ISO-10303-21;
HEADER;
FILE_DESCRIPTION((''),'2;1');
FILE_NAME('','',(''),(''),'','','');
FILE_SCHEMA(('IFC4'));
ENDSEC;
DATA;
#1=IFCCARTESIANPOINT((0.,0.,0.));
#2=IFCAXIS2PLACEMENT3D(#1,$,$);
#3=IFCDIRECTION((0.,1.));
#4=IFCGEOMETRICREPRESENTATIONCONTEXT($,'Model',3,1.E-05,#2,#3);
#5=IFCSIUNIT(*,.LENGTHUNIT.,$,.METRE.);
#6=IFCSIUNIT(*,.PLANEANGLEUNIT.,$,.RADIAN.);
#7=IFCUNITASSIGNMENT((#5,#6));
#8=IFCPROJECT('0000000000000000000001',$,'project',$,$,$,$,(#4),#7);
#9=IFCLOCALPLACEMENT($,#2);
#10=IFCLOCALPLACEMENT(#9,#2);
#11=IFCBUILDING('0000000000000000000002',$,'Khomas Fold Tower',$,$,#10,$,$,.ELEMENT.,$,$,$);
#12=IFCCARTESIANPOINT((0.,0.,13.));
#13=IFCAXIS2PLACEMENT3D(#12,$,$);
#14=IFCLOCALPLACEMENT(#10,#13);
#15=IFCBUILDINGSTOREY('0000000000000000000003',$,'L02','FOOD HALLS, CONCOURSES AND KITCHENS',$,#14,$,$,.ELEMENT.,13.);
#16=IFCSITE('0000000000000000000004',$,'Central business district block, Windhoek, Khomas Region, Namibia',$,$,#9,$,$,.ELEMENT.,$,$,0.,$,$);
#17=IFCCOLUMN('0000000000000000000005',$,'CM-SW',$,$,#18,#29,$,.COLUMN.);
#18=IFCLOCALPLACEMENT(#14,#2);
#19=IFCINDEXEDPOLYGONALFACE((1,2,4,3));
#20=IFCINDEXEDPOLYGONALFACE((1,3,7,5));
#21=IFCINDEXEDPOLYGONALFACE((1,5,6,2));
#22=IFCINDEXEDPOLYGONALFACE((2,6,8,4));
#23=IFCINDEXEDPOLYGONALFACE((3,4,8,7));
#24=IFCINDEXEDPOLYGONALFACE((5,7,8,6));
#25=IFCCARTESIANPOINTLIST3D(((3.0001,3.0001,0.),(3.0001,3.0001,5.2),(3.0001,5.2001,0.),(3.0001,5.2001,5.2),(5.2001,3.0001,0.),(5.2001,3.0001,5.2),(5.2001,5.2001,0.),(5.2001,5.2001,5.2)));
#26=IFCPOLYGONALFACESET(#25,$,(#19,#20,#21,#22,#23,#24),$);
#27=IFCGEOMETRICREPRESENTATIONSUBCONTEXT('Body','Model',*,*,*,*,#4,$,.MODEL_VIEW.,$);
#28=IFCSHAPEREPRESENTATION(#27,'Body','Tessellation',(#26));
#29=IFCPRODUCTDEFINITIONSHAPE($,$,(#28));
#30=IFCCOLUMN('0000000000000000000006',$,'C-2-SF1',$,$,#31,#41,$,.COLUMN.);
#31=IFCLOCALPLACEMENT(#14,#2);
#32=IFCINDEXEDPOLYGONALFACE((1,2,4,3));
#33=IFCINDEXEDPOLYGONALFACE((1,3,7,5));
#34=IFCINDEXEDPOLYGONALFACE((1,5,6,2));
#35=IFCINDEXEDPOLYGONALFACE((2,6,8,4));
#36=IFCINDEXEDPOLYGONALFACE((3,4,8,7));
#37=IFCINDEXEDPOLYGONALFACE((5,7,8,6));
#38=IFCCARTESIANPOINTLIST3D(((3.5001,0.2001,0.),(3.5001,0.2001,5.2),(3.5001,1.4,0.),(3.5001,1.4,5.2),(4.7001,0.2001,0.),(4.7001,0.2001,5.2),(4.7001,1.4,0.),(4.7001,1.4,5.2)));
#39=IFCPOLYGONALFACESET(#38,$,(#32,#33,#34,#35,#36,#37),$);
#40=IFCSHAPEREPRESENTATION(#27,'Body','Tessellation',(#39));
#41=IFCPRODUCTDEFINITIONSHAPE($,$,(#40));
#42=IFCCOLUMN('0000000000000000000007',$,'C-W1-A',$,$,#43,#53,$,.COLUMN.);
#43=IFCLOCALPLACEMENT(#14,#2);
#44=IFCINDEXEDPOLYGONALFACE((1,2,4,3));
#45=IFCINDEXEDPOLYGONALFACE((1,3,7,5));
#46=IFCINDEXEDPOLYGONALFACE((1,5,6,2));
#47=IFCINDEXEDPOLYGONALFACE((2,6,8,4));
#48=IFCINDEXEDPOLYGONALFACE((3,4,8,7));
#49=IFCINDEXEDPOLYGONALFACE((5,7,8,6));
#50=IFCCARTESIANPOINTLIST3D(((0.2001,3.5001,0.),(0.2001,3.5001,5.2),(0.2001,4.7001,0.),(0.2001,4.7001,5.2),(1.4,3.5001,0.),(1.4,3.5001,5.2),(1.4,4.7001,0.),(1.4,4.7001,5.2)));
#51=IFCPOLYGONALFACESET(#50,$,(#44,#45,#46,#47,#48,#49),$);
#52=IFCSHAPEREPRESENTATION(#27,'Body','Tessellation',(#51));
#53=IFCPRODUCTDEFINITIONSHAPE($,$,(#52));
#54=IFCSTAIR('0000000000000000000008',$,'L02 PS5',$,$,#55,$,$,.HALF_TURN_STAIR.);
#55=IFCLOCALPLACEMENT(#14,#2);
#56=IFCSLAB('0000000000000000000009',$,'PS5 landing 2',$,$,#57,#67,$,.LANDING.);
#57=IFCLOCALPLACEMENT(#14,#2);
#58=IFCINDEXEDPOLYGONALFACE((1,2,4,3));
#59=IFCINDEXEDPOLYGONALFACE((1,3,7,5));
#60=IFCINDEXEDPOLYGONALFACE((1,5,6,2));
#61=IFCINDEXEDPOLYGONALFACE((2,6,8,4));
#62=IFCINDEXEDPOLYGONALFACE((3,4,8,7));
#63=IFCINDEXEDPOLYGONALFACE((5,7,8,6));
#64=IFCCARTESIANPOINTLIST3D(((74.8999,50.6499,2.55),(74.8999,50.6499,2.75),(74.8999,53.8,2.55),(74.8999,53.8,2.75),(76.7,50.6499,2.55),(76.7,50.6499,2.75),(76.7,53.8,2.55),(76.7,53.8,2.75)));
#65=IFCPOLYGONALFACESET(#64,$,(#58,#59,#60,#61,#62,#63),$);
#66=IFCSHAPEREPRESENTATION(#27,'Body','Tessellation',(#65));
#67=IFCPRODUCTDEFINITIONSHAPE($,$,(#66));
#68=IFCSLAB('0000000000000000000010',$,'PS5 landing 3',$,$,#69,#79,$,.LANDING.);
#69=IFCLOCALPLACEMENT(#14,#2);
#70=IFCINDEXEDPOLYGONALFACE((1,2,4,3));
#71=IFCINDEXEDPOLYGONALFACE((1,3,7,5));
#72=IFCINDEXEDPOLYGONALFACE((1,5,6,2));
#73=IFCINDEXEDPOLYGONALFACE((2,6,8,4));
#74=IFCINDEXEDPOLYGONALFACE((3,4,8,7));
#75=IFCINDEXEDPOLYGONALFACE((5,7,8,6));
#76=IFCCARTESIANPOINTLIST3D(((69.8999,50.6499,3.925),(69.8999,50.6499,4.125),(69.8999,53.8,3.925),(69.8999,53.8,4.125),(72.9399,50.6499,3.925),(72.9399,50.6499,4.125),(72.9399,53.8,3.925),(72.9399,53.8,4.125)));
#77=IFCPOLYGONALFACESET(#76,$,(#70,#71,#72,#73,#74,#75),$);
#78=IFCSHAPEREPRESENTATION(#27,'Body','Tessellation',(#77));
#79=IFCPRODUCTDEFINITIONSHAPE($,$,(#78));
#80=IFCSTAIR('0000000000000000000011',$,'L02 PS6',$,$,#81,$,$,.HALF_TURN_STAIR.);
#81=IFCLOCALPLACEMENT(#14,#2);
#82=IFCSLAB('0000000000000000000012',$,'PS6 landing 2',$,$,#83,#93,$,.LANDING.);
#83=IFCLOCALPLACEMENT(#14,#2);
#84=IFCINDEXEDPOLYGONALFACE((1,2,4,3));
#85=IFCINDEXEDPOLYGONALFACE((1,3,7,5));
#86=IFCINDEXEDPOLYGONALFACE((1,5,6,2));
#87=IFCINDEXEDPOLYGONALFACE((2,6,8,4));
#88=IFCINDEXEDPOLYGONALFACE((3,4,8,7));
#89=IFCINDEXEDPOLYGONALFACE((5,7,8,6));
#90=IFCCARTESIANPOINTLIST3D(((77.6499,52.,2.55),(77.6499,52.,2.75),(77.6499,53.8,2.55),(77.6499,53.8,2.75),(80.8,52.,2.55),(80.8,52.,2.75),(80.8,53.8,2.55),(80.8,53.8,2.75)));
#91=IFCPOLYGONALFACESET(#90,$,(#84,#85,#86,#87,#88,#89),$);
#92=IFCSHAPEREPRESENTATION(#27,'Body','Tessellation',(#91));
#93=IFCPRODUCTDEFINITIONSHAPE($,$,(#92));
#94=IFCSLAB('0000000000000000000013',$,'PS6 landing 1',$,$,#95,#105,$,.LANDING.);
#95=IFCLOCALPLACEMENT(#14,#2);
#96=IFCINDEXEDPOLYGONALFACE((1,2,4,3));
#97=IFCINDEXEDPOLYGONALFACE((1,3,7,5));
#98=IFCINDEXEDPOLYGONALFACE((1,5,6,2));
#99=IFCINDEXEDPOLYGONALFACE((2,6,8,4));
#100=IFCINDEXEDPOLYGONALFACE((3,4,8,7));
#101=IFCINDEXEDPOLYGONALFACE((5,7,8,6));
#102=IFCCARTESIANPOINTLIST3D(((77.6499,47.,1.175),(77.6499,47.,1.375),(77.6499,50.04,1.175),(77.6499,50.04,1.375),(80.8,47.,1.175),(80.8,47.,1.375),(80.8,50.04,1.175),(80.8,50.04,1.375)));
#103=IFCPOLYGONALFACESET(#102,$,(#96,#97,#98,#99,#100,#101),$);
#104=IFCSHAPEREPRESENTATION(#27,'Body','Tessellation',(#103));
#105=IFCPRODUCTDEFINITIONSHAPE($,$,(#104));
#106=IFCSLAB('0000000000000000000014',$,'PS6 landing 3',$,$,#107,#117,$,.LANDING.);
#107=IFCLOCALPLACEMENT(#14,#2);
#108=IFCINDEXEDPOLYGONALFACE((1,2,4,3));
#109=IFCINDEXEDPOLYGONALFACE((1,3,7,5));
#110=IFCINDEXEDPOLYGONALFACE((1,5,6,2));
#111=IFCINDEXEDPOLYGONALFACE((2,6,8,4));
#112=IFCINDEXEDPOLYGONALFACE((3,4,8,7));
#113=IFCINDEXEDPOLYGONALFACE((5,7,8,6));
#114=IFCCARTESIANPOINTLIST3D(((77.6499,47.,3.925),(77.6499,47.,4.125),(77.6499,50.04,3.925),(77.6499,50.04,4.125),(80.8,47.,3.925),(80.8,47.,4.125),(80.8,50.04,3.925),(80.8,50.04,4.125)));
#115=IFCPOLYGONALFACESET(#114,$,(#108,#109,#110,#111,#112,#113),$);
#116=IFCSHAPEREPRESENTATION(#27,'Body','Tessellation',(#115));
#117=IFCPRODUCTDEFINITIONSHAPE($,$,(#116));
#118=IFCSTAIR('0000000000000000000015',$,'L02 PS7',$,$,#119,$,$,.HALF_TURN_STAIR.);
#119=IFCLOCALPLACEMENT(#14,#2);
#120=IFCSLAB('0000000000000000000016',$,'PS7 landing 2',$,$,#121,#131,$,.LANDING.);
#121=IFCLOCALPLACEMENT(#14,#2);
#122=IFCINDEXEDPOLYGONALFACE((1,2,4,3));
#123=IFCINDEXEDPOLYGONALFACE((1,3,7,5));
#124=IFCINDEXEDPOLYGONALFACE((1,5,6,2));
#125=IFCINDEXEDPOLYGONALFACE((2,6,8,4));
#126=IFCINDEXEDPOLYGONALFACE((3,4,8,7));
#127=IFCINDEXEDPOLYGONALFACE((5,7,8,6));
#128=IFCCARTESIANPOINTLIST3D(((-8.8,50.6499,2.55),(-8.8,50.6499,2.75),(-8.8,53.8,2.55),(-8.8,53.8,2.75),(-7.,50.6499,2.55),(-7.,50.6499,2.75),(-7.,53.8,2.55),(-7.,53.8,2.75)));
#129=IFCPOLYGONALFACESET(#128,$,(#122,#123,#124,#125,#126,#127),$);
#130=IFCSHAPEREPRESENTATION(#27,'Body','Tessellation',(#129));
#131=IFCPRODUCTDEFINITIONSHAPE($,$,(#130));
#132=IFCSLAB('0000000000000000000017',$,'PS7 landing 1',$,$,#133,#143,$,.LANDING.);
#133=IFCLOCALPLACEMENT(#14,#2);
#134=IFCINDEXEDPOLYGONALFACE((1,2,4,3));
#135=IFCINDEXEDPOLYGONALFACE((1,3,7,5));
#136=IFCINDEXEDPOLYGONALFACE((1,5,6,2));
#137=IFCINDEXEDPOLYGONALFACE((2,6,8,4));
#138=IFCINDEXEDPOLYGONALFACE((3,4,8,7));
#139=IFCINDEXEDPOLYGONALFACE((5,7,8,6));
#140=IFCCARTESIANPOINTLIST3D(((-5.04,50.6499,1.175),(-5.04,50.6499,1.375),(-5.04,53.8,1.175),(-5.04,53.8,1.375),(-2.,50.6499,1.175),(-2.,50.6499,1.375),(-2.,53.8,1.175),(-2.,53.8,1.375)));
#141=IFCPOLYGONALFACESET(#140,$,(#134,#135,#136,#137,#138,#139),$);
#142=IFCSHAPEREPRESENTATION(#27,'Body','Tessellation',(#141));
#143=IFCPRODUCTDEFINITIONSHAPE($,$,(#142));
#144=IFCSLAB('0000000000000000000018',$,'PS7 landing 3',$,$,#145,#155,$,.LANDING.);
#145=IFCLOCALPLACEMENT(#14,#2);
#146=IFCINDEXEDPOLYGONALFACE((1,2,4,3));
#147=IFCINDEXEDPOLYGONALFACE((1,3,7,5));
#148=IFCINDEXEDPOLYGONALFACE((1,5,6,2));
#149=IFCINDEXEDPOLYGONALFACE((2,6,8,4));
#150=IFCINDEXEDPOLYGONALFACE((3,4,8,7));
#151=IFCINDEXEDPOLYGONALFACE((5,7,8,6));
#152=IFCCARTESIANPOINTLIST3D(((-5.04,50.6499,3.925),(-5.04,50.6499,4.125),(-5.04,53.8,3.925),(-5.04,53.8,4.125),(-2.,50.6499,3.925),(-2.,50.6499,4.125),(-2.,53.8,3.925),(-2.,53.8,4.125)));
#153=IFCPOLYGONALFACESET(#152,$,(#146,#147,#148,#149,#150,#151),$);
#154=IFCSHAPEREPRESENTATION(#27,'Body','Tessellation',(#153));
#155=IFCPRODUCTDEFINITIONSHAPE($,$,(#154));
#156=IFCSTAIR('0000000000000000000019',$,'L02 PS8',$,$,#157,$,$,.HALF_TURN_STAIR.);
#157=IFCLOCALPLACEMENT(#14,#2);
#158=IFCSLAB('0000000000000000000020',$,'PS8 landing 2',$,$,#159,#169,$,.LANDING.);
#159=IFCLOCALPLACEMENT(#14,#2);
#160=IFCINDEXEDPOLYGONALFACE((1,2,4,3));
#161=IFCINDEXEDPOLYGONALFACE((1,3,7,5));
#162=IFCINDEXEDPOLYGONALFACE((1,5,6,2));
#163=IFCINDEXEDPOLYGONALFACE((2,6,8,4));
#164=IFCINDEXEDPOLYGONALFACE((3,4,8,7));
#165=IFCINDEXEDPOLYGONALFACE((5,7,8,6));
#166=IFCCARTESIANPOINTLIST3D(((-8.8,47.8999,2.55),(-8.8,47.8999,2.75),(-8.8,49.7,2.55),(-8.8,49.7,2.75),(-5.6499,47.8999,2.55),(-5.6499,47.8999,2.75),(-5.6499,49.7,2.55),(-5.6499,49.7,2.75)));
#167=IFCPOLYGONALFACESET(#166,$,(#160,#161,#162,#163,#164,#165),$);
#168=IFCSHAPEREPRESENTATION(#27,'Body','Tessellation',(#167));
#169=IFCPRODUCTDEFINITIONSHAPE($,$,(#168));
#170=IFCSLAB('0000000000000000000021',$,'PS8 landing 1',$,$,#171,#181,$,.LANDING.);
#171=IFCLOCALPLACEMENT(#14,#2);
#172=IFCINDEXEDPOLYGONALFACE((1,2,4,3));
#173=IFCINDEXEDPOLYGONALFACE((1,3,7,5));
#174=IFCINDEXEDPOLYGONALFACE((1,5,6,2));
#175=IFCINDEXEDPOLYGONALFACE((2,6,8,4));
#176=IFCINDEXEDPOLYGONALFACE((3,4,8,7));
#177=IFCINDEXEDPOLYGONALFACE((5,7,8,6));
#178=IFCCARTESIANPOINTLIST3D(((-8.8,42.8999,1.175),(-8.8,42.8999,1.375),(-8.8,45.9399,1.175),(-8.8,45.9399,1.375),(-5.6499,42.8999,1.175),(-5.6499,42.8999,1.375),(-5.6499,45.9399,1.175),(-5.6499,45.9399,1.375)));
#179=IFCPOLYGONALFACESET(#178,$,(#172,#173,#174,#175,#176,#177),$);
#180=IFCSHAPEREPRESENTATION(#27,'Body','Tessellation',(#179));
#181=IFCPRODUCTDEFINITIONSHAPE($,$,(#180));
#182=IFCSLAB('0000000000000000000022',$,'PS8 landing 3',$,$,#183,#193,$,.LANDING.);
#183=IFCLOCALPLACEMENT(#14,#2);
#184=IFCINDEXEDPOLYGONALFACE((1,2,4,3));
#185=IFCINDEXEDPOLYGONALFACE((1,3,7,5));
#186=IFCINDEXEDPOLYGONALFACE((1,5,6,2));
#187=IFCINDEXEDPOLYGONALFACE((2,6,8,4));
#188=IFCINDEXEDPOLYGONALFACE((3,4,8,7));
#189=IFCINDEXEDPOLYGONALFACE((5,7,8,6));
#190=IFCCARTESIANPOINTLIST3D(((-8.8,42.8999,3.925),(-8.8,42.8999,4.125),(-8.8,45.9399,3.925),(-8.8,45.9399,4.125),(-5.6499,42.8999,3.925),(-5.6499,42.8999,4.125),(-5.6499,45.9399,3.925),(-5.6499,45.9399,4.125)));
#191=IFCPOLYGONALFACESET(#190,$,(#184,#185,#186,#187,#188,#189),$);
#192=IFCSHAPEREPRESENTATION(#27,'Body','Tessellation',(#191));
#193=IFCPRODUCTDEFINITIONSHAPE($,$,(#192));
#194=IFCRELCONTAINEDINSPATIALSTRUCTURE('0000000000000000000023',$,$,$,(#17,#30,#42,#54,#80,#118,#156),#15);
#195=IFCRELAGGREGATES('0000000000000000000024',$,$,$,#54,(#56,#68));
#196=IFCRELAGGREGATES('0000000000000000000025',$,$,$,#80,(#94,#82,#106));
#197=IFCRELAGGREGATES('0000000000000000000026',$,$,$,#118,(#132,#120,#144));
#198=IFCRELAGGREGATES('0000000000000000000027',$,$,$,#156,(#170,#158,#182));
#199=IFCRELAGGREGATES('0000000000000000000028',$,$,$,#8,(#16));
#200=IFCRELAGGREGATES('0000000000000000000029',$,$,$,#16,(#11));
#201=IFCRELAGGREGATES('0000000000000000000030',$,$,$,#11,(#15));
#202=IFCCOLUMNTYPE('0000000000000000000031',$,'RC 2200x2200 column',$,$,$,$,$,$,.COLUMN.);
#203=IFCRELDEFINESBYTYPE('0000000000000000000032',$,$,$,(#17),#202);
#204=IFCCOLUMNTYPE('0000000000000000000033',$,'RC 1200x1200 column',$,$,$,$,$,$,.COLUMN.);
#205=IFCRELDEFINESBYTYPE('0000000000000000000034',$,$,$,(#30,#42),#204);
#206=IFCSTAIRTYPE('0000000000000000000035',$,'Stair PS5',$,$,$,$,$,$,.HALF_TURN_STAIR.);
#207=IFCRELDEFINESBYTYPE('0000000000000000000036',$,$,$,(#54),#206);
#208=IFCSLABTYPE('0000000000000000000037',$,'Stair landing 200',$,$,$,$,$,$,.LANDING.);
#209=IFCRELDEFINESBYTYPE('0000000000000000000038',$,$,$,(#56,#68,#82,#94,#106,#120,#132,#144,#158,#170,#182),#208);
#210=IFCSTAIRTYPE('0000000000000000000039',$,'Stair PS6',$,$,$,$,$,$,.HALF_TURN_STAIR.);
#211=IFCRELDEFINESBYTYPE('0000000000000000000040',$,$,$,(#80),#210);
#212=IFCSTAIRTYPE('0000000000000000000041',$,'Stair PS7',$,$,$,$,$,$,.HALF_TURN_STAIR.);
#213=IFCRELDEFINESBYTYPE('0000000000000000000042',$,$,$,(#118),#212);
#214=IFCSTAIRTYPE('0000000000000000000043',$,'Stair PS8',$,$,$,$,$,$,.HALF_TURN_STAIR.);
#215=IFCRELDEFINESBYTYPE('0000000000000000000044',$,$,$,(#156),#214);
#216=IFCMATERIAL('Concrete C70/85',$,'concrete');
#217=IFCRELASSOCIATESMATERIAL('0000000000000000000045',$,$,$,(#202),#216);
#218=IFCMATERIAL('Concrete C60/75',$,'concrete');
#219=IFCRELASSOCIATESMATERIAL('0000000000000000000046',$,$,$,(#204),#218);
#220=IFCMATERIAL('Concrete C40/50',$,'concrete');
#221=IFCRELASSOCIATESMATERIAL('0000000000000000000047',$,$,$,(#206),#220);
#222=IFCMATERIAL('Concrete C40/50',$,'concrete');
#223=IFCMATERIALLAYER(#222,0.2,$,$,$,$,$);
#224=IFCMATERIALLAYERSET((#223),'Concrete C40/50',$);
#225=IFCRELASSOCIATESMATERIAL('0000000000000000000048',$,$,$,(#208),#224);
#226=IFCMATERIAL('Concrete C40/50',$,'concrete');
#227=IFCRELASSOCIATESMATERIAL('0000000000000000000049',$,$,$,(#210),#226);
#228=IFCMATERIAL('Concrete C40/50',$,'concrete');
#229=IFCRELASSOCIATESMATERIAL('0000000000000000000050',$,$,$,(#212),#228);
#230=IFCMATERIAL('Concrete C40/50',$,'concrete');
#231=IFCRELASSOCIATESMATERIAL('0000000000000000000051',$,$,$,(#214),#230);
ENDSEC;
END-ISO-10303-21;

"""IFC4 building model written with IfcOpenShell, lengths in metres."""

from ifc_helpers import new_model, si_unit, direction, frame, origin, origin_2d, place, context, subcontext, project, spatial, polyline, rectangle, outline, extrude, source, transform, mapped, material, layer, layer_set, material_profile, profile_set, type_object, element, aggregate, save


model = new_model("IFC4")

# Units and contexts
model_context = context("Model", 3, precision=1e-05, world=origin(), true_north=direction((0.0, 1.0)))
body_context = subcontext(model_context, "Body", "Model", "MODEL_VIEW")
ifc_project = project(units=[si_unit("LENGTHUNIT", "METRE"), si_unit("PLANEANGLEUNIT", "RADIAN")], contexts=[model_context])

# Site, building, storey
site_placement = place(None, origin())
site = spatial("IfcSite", under=ifc_project, at=site_placement, Name="Central business district block, Windhoek, Khomas Region, Namibia", CompositionType="ELEMENT", RefElevation=0.0)
building_placement = place(site_placement, origin())
building = spatial("IfcBuilding", under=site, at=building_placement, Name="Khomas Fold Tower", CompositionType="ELEMENT")
storey_placement = place(building_placement, frame((0.0, 0.0, 13.0)))
storey = spatial("IfcBuildingStorey", under=building, at=storey_placement, Name="L02", Description="FOOD HALLS, CONCOURSES AND KITCHENS", CompositionType="ELEMENT", Elevation=13.0)

# Columns
ifc_material_1 = material(Name="Concrete C70/85", Category="concrete")
ifc_material_profile_1 = material_profile(ifc_material_1, rectangle(XDim=2.2, YDim=2.2, at=origin_2d()), Name="RC 2200x2200")
ifc_profile_set_1 = profile_set([ifc_material_profile_1], Name="Concrete C70/85")
column_type_1 = type_object("IfcColumnType", Name="RC 2200x2200 column", PredefinedType="COLUMN", material=ifc_profile_set_1)
shared_shape_1 = source(origin(), body_context, "Body", "SweptSolid", [
    extrude(rectangle(XDim=2.2, YDim=2.2, at=origin_2d()), origin(), (0.0, 0.0, 1.0), 5.2),
])
column_placement = place(storey_placement, frame((4.1001, 4.1001, 0.0), z_axis=(0.0, 0.0, 1.0), x_axis=(1.0, 0.0, 0.0)))
element("IfcColumn", 1, at=column_placement, inside=storey, type_object=column_type_1, Name="CM-SW", PredefinedType="COLUMN", context=body_context, shape_type="MappedRepresentation", body=[
    mapped(shared_shape_1, transform((0.0, 0.0, 0.0))),
])
ifc_material_2 = material(Name="Concrete C60/75", Category="concrete")
ifc_material_profile_2 = material_profile(ifc_material_2, rectangle(XDim=1.2, YDim=1.2, at=origin_2d()), Name="RC 1200x1200")
ifc_profile_set_2 = profile_set([ifc_material_profile_2], Name="Concrete C60/75")
column_type_2 = type_object("IfcColumnType", Name="RC 1200x1200 column", PredefinedType="COLUMN", material=ifc_profile_set_2)
shared_shape_2 = source(origin(), body_context, "Body", "SweptSolid", [
    extrude(rectangle(XDim=1.2, YDim=1.2, at=origin_2d()), origin(), (0.0, 0.0, 1.0), 5.2),
])
for number, where, z_axis, x_axis, name in (
    (2, (4.1001, 0.8, 0.0), (0.0, 0.0, 1.0), (1.0, 0.0, 0.0), "C-2-SF1"),
    (3, (0.8, 4.1001, 0.0), (0.0, 0.0, 1.0), (1.0, 0.0, 0.0), "C-W1-A"),
):
    element("IfcColumn", number, at=place(storey_placement, frame(where, z_axis=z_axis, x_axis=x_axis)), inside=storey, type_object=column_type_2, Name=name, PredefinedType="COLUMN", context=body_context, shape_type="MappedRepresentation", body=[
        mapped(shared_shape_2, transform((0.0, 0.0, 0.0))),
    ])

# Stairs, slabs
ifc_material_3 = material(Name="Concrete C40/50", Category="concrete")
stair_type_1 = type_object("IfcStairType", Name="Stair PS5", PredefinedType="HALF_TURN_STAIR", material=ifc_material_3)
stair_1_placement = place(storey_placement, origin())
stair_1 = element("IfcStair", 4, at=stair_1_placement, inside=storey, type_object=stair_type_1, Name="L02 PS5", PredefinedType="HALF_TURN_STAIR")
ifc_material_4 = material(Name="Concrete C40/50", Category="concrete")
ifc_layer_1 = layer(ifc_material_4, 0.2)
ifc_layer_set_1 = layer_set([ifc_layer_1], Name="Concrete C40/50")
slab_type = type_object("IfcSlabType", Name="Stair landing 200", PredefinedType="LANDING", material=ifc_layer_set_1)
shared_shape_3 = source(origin(), body_context, "Body", "SweptSolid", [
    extrude(outline(polyline([(76.7, 53.8), (74.8999, 53.8), (74.8999, 50.6499), (76.7, 50.6499), (76.7, 53.8)])), origin(), (0.0, 0.0, 1.0), 0.2),
])
slab_1_placement = place(storey_placement, frame((0.0, 0.0, 2.55)))
slab_1 = element("IfcSlab", 5, at=slab_1_placement, type_object=slab_type, Name="PS5 landing 2", PredefinedType="LANDING", context=body_context, shape_type="MappedRepresentation", body=[
    mapped(shared_shape_3, transform((0.0, 0.0, 0.0))),
])
shared_shape_4 = source(origin(), body_context, "Body", "SweptSolid", [
    extrude(outline(polyline([(72.9399, 53.8), (69.8999, 53.8), (69.8999, 50.6499), (72.9399, 50.6499), (72.9399, 53.8)])), origin(), (0.0, 0.0, 1.0), 0.2),
])
slab_2_placement = place(storey_placement, frame((0.0, 0.0, 3.925)))
slab_2 = element("IfcSlab", 6, at=slab_2_placement, type_object=slab_type, Name="PS5 landing 3", PredefinedType="LANDING", context=body_context, shape_type="MappedRepresentation", body=[
    mapped(shared_shape_4, transform((0.0, 0.0, 0.0))),
])
aggregate(stair_1, [slab_1, slab_2])
ifc_material_5 = material(Name="Concrete C40/50", Category="concrete")
stair_type_2 = type_object("IfcStairType", Name="Stair PS6", PredefinedType="HALF_TURN_STAIR", material=ifc_material_5)
stair_2_placement = place(storey_placement, origin())
stair_2 = element("IfcStair", 7, at=stair_2_placement, inside=storey, type_object=stair_type_2, Name="L02 PS6", PredefinedType="HALF_TURN_STAIR")
shared_shape_5 = source(origin(), body_context, "Body", "SweptSolid", [
    extrude(outline(polyline([(77.6499, 53.8), (77.6499, 52.0), (80.8, 52.0), (80.8, 53.8), (77.6499, 53.8)])), origin(), (0.0, 0.0, 1.0), 0.2),
])
slab_3_placement = place(storey_placement, frame((0.0, 0.0, 2.55)))
slab_3 = element("IfcSlab", 8, at=slab_3_placement, type_object=slab_type, Name="PS6 landing 2", PredefinedType="LANDING", context=body_context, shape_type="MappedRepresentation", body=[
    mapped(shared_shape_5, transform((0.0, 0.0, 0.0))),
])
shared_shape_6 = source(origin(), body_context, "Body", "SweptSolid", [
    extrude(outline(polyline([(77.6499, 50.04), (77.6499, 47.0), (80.8, 47.0), (80.8, 50.04), (77.6499, 50.04)])), origin(), (0.0, 0.0, 1.0), 0.2),
])
slab_4_placement = place(storey_placement, frame((0.0, 0.0, 1.175)))
slab_4 = element("IfcSlab", 9, at=slab_4_placement, type_object=slab_type, Name="PS6 landing 1", PredefinedType="LANDING", context=body_context, shape_type="MappedRepresentation", body=[
    mapped(shared_shape_6, transform((0.0, 0.0, 0.0))),
])
slab_5_placement = place(storey_placement, frame((0.0, 0.0, 3.925)))
slab_5 = element("IfcSlab", 10, at=slab_5_placement, type_object=slab_type, Name="PS6 landing 3", PredefinedType="LANDING", context=body_context, shape_type="MappedRepresentation", body=[
    mapped(shared_shape_6, transform((0.0, 0.0, 0.0))),
])
aggregate(stair_2, [slab_4, slab_3, slab_5])
ifc_material_6 = material(Name="Concrete C40/50", Category="concrete")
stair_type_3 = type_object("IfcStairType", Name="Stair PS7", PredefinedType="HALF_TURN_STAIR", material=ifc_material_6)
stair_3_placement = place(storey_placement, origin())
stair_3 = element("IfcStair", 11, at=stair_3_placement, inside=storey, type_object=stair_type_3, Name="L02 PS7", PredefinedType="HALF_TURN_STAIR")
shared_shape_7 = source(origin(), body_context, "Body", "SweptSolid", [
    extrude(outline(polyline([(-8.8, 50.6499), (-7.0, 50.6499), (-7.0, 53.8), (-8.8, 53.8), (-8.8, 50.6499)])), origin(), (0.0, 0.0, 1.0), 0.2),
])
slab_6_placement = place(storey_placement, frame((0.0, 0.0, 2.55)))
slab_6 = element("IfcSlab", 12, at=slab_6_placement, type_object=slab_type, Name="PS7 landing 2", PredefinedType="LANDING", context=body_context, shape_type="MappedRepresentation", body=[
    mapped(shared_shape_7, transform((0.0, 0.0, 0.0))),
])
shared_shape_8 = source(origin(), body_context, "Body", "SweptSolid", [
    extrude(outline(polyline([(-5.04, 50.6499), (-2.0, 50.6499), (-2.0, 53.8), (-5.04, 53.8), (-5.04, 50.6499)])), origin(), (0.0, 0.0, 1.0), 0.2),
])
slab_7_placement = place(storey_placement, frame((0.0, 0.0, 1.175)))
slab_7 = element("IfcSlab", 13, at=slab_7_placement, type_object=slab_type, Name="PS7 landing 1", PredefinedType="LANDING", context=body_context, shape_type="MappedRepresentation", body=[
    mapped(shared_shape_8, transform((0.0, 0.0, 0.0))),
])
slab_8_placement = place(storey_placement, frame((0.0, 0.0, 3.925)))
slab_8 = element("IfcSlab", 14, at=slab_8_placement, type_object=slab_type, Name="PS7 landing 3", PredefinedType="LANDING", context=body_context, shape_type="MappedRepresentation", body=[
    mapped(shared_shape_8, transform((0.0, 0.0, 0.0))),
])
aggregate(stair_3, [slab_7, slab_6, slab_8])
ifc_material_7 = material(Name="Concrete C40/50", Category="concrete")
stair_type_4 = type_object("IfcStairType", Name="Stair PS8", PredefinedType="HALF_TURN_STAIR", material=ifc_material_7)
stair_4_placement = place(storey_placement, origin())
stair_4 = element("IfcStair", 15, at=stair_4_placement, inside=storey, type_object=stair_type_4, Name="L02 PS8", PredefinedType="HALF_TURN_STAIR")
shared_shape_9 = source(origin(), body_context, "Body", "SweptSolid", [
    extrude(outline(polyline([(-8.8, 49.7), (-8.8, 47.8999), (-5.6499, 47.8999), (-5.6499, 49.7), (-8.8, 49.7)])), origin(), (0.0, 0.0, 1.0), 0.2),
])
slab_9_placement = place(storey_placement, frame((0.0, 0.0, 2.55)))
slab_9 = element("IfcSlab", 16, at=slab_9_placement, type_object=slab_type, Name="PS8 landing 2", PredefinedType="LANDING", context=body_context, shape_type="MappedRepresentation", body=[
    mapped(shared_shape_9, transform((0.0, 0.0, 0.0))),
])
shared_shape_10 = source(origin(), body_context, "Body", "SweptSolid", [
    extrude(outline(polyline([(-8.8, 45.9399), (-8.8, 42.8999), (-5.6499, 42.8999), (-5.6499, 45.9399), (-8.8, 45.9399)])), origin(), (0.0, 0.0, 1.0), 0.2),
])
slab_10_placement = place(storey_placement, frame((0.0, 0.0, 1.175)))
slab_10 = element("IfcSlab", 17, at=slab_10_placement, type_object=slab_type, Name="PS8 landing 1", PredefinedType="LANDING", context=body_context, shape_type="MappedRepresentation", body=[
    mapped(shared_shape_10, transform((0.0, 0.0, 0.0))),
])
slab_11_placement = place(storey_placement, frame((0.0, 0.0, 3.925)))
slab_11 = element("IfcSlab", 18, at=slab_11_placement, type_object=slab_type, Name="PS8 landing 3", PredefinedType="LANDING", context=body_context, shape_type="MappedRepresentation", body=[
    mapped(shared_shape_10, transform((0.0, 0.0, 0.0))),
])
aggregate(stair_4, [slab_10, slab_9, slab_11])

save(model, "model.ifc")
